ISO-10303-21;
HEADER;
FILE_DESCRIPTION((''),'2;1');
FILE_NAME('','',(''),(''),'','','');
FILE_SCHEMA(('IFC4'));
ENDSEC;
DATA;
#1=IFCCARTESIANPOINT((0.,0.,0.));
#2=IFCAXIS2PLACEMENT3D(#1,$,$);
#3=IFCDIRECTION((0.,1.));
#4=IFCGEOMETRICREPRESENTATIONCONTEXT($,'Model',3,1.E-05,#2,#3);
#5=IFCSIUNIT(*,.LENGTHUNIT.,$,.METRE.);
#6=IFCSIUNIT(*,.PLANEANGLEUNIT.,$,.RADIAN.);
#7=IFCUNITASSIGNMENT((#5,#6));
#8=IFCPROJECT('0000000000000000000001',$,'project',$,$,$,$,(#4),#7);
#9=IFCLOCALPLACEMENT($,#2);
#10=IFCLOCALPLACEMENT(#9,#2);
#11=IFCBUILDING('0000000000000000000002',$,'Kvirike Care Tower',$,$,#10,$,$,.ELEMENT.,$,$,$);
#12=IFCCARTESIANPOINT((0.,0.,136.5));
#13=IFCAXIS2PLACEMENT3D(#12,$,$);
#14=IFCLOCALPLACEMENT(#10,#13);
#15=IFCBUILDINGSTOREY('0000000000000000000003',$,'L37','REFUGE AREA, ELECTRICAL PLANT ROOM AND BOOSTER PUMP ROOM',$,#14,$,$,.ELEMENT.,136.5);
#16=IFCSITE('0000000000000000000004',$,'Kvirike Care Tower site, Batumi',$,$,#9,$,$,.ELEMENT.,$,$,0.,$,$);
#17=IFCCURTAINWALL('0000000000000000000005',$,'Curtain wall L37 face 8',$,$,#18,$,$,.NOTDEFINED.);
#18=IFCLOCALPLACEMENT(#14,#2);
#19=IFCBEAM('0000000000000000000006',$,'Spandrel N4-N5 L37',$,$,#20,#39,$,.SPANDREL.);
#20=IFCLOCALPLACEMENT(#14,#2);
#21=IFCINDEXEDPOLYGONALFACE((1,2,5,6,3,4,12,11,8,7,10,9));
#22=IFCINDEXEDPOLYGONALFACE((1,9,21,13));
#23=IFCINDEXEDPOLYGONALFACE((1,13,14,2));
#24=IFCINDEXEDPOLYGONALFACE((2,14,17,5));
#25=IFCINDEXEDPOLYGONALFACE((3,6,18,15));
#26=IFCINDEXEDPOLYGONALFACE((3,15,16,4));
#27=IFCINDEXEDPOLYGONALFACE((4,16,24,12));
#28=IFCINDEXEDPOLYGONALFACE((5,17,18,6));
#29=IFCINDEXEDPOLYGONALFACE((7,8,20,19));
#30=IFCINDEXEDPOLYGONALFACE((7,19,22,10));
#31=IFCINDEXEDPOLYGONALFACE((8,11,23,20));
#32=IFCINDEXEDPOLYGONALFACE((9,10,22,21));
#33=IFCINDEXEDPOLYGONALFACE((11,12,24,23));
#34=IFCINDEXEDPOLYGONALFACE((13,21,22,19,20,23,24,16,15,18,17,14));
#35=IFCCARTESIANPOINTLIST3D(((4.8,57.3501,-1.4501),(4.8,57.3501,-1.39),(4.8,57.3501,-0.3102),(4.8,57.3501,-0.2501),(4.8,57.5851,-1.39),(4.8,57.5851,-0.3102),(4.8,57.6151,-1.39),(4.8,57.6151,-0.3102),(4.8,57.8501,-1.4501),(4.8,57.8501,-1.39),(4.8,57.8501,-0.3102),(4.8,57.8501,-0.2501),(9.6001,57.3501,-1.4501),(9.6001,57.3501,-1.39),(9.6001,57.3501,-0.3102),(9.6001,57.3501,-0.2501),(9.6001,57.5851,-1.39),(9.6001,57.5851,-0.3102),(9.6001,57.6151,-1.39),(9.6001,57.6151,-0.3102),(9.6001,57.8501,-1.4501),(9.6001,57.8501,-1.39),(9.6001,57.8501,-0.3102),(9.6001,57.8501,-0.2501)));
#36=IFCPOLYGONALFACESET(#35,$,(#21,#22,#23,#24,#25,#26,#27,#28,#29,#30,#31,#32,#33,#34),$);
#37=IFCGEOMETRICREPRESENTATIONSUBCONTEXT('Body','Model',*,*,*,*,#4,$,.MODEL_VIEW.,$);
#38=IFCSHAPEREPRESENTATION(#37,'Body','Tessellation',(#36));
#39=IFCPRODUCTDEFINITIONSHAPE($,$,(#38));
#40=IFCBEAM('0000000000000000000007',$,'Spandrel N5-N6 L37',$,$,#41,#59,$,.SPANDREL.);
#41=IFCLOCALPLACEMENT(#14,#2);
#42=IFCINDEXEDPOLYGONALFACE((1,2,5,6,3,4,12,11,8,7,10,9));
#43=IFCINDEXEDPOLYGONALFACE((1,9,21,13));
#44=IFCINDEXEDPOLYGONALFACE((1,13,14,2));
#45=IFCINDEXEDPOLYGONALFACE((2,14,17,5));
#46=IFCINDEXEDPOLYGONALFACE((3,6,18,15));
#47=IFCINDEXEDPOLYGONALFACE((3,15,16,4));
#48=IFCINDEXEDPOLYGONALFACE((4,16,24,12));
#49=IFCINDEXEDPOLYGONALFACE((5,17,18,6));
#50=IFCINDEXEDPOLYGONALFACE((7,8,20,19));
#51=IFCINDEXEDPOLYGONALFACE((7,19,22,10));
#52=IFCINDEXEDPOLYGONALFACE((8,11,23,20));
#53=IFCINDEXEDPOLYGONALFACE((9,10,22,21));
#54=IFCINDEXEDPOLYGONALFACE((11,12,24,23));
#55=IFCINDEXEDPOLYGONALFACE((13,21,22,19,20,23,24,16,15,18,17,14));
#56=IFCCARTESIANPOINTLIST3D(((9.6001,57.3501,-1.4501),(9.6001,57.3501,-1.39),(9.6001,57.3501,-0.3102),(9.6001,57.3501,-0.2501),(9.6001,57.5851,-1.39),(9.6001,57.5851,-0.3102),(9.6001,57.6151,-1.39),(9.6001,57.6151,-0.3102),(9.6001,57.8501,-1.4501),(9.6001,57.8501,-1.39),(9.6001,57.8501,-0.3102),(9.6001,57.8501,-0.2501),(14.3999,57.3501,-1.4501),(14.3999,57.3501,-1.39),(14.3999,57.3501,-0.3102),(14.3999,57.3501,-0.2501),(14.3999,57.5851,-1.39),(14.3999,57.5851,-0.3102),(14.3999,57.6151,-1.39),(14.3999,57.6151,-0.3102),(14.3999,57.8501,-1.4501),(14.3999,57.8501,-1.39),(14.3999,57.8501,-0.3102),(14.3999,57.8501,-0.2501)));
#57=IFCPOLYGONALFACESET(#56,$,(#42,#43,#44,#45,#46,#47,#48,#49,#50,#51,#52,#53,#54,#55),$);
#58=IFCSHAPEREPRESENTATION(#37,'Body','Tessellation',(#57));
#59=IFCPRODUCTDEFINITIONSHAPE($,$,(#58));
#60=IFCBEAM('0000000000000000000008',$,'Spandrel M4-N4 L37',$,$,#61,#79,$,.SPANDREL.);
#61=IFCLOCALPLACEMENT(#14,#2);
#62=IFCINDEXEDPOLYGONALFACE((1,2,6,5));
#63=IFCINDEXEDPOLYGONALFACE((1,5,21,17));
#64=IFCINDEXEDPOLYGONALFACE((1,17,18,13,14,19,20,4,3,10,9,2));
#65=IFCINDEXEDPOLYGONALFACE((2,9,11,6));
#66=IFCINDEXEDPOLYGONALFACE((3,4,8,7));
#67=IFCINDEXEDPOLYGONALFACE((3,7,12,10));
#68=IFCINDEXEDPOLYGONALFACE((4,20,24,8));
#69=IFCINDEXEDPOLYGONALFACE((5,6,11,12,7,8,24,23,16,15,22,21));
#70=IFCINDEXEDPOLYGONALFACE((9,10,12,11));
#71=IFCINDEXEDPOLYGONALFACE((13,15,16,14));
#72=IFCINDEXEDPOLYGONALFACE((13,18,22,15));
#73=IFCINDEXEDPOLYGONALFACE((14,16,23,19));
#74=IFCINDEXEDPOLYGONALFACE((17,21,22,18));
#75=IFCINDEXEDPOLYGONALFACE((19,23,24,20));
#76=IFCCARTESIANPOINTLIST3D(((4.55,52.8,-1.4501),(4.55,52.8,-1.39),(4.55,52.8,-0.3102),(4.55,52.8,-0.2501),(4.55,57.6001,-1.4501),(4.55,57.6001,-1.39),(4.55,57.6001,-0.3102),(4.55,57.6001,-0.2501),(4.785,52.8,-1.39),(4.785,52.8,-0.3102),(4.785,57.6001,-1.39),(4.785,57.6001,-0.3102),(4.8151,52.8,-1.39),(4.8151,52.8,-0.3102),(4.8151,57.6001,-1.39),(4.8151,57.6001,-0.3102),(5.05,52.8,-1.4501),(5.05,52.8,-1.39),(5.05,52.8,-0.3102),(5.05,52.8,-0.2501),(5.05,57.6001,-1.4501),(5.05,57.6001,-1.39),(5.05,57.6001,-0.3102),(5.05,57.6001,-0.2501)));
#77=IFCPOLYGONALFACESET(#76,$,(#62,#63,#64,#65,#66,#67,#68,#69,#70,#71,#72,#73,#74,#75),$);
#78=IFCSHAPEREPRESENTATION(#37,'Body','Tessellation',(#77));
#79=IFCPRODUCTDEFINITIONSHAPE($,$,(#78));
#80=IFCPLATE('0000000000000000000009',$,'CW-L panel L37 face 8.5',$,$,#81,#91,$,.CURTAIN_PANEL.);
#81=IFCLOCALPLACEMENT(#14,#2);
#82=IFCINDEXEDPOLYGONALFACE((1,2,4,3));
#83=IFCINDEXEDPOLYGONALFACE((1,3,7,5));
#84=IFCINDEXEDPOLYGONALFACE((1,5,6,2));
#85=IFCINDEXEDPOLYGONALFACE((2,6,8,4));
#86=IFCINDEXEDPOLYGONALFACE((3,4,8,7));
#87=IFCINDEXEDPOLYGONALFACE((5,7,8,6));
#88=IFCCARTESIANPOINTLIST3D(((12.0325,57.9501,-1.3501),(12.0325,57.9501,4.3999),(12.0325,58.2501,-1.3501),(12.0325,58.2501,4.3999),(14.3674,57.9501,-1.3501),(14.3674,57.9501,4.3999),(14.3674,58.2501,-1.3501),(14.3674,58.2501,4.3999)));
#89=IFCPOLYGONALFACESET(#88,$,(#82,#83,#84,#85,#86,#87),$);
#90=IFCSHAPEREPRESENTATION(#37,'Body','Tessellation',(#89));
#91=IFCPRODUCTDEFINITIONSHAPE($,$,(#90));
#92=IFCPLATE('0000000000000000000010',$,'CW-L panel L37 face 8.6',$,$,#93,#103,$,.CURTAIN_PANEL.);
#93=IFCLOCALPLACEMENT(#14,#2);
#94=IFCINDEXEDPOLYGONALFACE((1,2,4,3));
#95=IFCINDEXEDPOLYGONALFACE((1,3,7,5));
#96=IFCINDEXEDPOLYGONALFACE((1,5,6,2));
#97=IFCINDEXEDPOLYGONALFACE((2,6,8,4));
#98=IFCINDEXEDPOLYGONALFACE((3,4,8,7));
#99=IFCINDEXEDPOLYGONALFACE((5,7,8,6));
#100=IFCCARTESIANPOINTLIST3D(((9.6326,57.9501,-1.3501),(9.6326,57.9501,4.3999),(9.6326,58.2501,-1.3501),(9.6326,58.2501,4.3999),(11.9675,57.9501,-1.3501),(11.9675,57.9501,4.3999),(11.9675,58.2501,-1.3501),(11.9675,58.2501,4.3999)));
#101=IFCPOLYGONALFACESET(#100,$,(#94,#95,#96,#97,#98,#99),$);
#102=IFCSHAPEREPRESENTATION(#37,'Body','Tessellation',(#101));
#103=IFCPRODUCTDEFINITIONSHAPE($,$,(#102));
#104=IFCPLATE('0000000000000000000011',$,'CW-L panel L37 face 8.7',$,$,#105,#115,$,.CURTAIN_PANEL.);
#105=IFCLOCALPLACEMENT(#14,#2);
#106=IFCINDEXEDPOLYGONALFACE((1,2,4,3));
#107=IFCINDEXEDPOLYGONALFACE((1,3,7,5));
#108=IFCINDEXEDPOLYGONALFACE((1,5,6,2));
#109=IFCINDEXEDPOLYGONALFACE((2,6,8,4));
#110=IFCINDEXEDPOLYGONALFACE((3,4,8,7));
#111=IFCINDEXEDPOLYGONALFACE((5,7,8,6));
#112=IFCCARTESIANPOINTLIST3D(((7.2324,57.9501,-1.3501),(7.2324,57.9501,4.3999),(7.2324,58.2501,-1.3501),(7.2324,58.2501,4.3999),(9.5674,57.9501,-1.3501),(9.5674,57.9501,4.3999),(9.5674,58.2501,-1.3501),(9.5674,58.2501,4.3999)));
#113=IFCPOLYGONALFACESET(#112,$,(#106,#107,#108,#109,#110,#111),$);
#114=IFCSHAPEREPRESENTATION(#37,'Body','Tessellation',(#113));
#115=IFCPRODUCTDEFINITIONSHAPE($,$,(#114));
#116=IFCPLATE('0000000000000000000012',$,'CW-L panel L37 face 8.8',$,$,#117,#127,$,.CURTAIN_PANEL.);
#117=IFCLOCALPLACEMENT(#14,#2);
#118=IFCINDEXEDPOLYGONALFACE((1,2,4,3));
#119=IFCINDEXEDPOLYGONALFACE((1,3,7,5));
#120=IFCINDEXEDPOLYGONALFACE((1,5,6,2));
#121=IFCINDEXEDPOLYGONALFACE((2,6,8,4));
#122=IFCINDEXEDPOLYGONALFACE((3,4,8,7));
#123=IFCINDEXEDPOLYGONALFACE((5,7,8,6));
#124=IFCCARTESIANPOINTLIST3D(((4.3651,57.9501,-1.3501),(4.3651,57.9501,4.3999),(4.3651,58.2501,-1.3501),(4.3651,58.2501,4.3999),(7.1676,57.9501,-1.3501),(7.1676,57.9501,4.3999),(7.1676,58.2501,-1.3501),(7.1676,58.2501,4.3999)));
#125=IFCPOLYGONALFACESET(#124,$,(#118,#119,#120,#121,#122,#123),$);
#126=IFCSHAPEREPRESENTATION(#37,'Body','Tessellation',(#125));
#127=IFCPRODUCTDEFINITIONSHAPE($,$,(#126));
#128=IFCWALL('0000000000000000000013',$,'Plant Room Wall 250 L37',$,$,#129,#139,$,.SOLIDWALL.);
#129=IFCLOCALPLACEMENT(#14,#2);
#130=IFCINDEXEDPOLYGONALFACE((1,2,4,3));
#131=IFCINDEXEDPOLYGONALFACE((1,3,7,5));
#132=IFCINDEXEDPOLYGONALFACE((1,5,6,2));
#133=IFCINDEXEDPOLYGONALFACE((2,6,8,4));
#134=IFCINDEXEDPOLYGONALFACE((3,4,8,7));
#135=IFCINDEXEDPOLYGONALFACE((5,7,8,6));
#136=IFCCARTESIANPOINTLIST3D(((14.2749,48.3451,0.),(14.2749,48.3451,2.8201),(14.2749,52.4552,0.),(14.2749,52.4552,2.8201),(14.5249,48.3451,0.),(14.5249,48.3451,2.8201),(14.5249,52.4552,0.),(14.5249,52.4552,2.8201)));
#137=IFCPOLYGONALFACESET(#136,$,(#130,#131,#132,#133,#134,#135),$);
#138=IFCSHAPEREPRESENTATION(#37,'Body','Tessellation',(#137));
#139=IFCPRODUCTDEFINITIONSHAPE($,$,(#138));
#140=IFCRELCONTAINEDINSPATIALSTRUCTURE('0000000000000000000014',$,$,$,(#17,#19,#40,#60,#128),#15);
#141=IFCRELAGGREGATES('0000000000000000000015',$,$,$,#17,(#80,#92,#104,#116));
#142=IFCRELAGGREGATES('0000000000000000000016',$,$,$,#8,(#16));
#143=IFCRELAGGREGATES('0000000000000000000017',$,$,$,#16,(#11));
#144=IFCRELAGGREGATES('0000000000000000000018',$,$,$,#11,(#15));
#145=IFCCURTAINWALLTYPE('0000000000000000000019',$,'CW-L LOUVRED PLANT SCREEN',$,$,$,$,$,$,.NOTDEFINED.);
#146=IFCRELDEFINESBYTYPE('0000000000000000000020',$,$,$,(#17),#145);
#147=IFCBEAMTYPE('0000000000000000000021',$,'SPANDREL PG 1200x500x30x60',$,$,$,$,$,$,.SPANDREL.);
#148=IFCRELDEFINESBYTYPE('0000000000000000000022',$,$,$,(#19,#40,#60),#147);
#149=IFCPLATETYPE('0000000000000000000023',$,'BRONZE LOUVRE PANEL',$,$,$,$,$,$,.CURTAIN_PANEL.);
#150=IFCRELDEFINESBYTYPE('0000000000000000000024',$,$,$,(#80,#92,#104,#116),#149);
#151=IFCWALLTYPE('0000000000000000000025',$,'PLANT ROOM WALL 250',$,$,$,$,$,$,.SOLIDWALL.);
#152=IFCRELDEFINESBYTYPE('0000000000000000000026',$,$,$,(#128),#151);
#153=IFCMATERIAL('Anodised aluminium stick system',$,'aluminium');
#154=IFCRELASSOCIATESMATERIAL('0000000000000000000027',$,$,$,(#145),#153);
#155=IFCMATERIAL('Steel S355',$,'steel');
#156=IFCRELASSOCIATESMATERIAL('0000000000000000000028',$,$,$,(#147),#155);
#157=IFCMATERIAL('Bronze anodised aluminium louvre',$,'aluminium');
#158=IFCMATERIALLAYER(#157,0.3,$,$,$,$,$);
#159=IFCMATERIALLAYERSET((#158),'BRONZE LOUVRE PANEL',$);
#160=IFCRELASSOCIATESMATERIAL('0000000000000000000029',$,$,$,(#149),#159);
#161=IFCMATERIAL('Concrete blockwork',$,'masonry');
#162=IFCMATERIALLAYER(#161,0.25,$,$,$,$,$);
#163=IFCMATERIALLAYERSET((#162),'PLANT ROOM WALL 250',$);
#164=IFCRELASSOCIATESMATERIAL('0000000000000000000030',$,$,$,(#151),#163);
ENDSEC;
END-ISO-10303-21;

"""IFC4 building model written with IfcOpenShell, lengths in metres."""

from ifc_helpers import new_model, si_unit, direction, frame, frame_2d, origin, origin_2d, place, context, subcontext, project, spatial, rectangle, i_section, extrude, material, layer, layer_set, material_profile, profile_set, type_object, element, aggregate, save


model = new_model("IFC4")

# Units and contexts
model_context = context("Model", 3, precision=1e-05, world=origin(), true_north=direction((0.0, 1.0)))
body_context = subcontext(model_context, "Body", "Model", "MODEL_VIEW")
ifc_project = project(units=[si_unit("LENGTHUNIT", "METRE"), si_unit("PLANEANGLEUNIT", "RADIAN")], contexts=[model_context])

# Site, building, storey
site_placement = place(None, origin())
site = spatial("IfcSite", under=ifc_project, at=site_placement, Name="Kvirike Care Tower site, Batumi", CompositionType="ELEMENT", RefElevation=0.0)
building_placement = place(site_placement, origin())
building = spatial("IfcBuilding", under=site, at=building_placement, Name="Kvirike Care Tower", CompositionType="ELEMENT")
storey_placement = place(building_placement, frame((0.0, 0.0, 136.5)))
storey = spatial("IfcBuildingStorey", under=building, at=storey_placement, Name="L37", Description="REFUGE AREA, ELECTRICAL PLANT ROOM AND BOOSTER PUMP ROOM", CompositionType="ELEMENT", Elevation=136.5)

# Curtain wall
ifc_material_1 = material(Name="Anodised aluminium stick system", Category="aluminium")
curtain_wall_type = type_object("IfcCurtainWallType", Name="CW-L LOUVRED PLANT SCREEN", PredefinedType="NOTDEFINED", material=ifc_material_1)
curtain_wall_1_placement = place(storey_placement, origin())
curtain_wall_1 = element("IfcCurtainWall", 1, at=curtain_wall_1_placement, inside=storey, type_object=curtain_wall_type, Name="Curtain wall L37 face 8", PredefinedType="NOTDEFINED")

# Beams
ifc_material_2 = material(Name="Steel S355", Category="steel")
ifc_material_profile_1 = material_profile(ifc_material_2, i_section(OverallWidth=0.5, OverallDepth=1.2, WebThickness=0.03, FlangeThickness=0.0601, at=origin_2d()), Name="PG 1200x500x30x60")
ifc_profile_set_1 = profile_set([ifc_material_profile_1], Name="Steel S355")
beam_type_1 = type_object("IfcBeamType", Name="SPANDREL PG 1200x500x30x60", PredefinedType="SPANDREL", material=ifc_profile_set_1)
beam_1_placement = place(storey_placement, frame((4.8, 57.6001, -0.8501), z_axis=(1.0, 0.0, 0.0), x_axis=(0.0, 1.0, 0.0)))
element("IfcBeam", 2, at=beam_1_placement, inside=storey, type_object=beam_type_1, Name="Spandrel N4-N5 L37", PredefinedType="SPANDREL", context=body_context, shape_type="SweptSolid", body=[
    extrude(i_section(OverallWidth=0.5, OverallDepth=1.2, WebThickness=0.03, FlangeThickness=0.0601, at=origin_2d()), origin(), (0.0, 0.0, 1.0), 4.8),
])
beam_2_placement = place(storey_placement, frame((9.6001, 57.6001, -0.8501), z_axis=(1.0, 0.0, 0.0), x_axis=(0.0, 1.0, 0.0)))
element("IfcBeam", 3, at=beam_2_placement, inside=storey, type_object=beam_type_1, Name="Spandrel N5-N6 L37", PredefinedType="SPANDREL", context=body_context, shape_type="SweptSolid", body=[
    extrude(i_section(OverallWidth=0.5, OverallDepth=1.2, WebThickness=0.03, FlangeThickness=0.0601, at=origin_2d()), origin(), (0.0, 0.0, 1.0), 4.7998),
])
beam_3_placement = place(storey_placement, frame((4.8, 52.8, -0.8501), z_axis=(0.0, 1.0, 0.0), x_axis=(-1.0, 0.0, 0.0)))
element("IfcBeam", 4, at=beam_3_placement, inside=storey, type_object=beam_type_1, Name="Spandrel M4-N4 L37", PredefinedType="SPANDREL", context=body_context, shape_type="SweptSolid", body=[
    extrude(i_section(OverallWidth=0.5, OverallDepth=1.2, WebThickness=0.03, FlangeThickness=0.0601, at=origin_2d()), origin(), (0.0, 0.0, 1.0), 4.8),
])

# Plates
ifc_material_3 = material(Name="Bronze anodised aluminium louvre", Category="aluminium")
ifc_layer_1 = layer(ifc_material_3, 0.3)
ifc_layer_set_1 = layer_set([ifc_layer_1], Name="BRONZE LOUVRE PANEL")
plate_type = type_object("IfcPlateType", Name="BRONZE LOUVRE PANEL", PredefinedType="CURTAIN_PANEL", material=ifc_layer_set_1)
plate_1_placement = place(storey_placement, frame((13.2, 58.1001, -1.3501), z_axis=(0.0, 0.0, 1.0), x_axis=(-1.0, 0.0, 0.0)))
plate_1 = element("IfcPlate", 5, at=plate_1_placement, type_object=plate_type, Name="CW-L panel L37 face 8.5", PredefinedType="CURTAIN_PANEL", context=body_context, shape_type="SweptSolid", body=[
    extrude(rectangle(XDim=2.335, YDim=0.3, at=origin_2d()), origin(), (0.0, 0.0, 1.0), 5.75),
])
plate_2_placement = place(storey_placement, frame((10.8, 58.1001, -1.3501), z_axis=(0.0, 0.0, 1.0), x_axis=(-1.0, 0.0, 0.0)))
plate_2 = element("IfcPlate", 6, at=plate_2_placement, type_object=plate_type, Name="CW-L panel L37 face 8.6", PredefinedType="CURTAIN_PANEL", context=body_context, shape_type="SweptSolid", body=[
    extrude(rectangle(XDim=2.335, YDim=0.3, at=origin_2d()), origin(), (0.0, 0.0, 1.0), 5.75),
])
plate_3_placement = place(storey_placement, frame((8.3999, 58.1001, -1.3501), z_axis=(0.0, 0.0, 1.0), x_axis=(-1.0, 0.0, 0.0)))
plate_3 = element("IfcPlate", 7, at=plate_3_placement, type_object=plate_type, Name="CW-L panel L37 face 8.7", PredefinedType="CURTAIN_PANEL", context=body_context, shape_type="SweptSolid", body=[
    extrude(rectangle(XDim=2.335, YDim=0.3, at=origin_2d()), origin(), (0.0, 0.0, 1.0), 5.75),
])
plate_4_placement = place(storey_placement, frame((5.7664, 58.1001, -1.3501), z_axis=(0.0, 0.0, 1.0), x_axis=(-1.0, 0.0, 0.0)))
plate_4 = element("IfcPlate", 8, at=plate_4_placement, type_object=plate_type, Name="CW-L panel L37 face 8.8", PredefinedType="CURTAIN_PANEL", context=body_context, shape_type="SweptSolid", body=[
    extrude(rectangle(XDim=2.8025, YDim=0.3, at=origin_2d()), origin(), (0.0, 0.0, 1.0), 5.75),
])
aggregate(curtain_wall_1, [plate_1, plate_2, plate_3, plate_4])

# Wall
ifc_material_4 = material(Name="Concrete blockwork", Category="masonry")
ifc_layer_2 = layer(ifc_material_4, 0.25)
ifc_layer_set_2 = layer_set([ifc_layer_2], Name="PLANT ROOM WALL 250")
wall_type = type_object("IfcWallType", Name="PLANT ROOM WALL 250", PredefinedType="SOLIDWALL", material=ifc_layer_set_2)
wall_placement = place(storey_placement, frame((14.3999, 48.345, 0.0), z_axis=(0.0, 0.0, 1.0), x_axis=(0.0, 1.0, 0.0)))
element("IfcWall", 9, at=wall_placement, inside=storey, type_object=wall_type, Name="Plant Room Wall 250 L37", PredefinedType="SOLIDWALL", context=body_context, shape_type="SweptSolid", body=[
    extrude(rectangle(XDim=4.1101, YDim=0.25, at=frame_2d((2.0552, 0.0))), origin(), (0.0, 0.0, 1.0), 2.8201),
])

save(model, "model.ifc")
